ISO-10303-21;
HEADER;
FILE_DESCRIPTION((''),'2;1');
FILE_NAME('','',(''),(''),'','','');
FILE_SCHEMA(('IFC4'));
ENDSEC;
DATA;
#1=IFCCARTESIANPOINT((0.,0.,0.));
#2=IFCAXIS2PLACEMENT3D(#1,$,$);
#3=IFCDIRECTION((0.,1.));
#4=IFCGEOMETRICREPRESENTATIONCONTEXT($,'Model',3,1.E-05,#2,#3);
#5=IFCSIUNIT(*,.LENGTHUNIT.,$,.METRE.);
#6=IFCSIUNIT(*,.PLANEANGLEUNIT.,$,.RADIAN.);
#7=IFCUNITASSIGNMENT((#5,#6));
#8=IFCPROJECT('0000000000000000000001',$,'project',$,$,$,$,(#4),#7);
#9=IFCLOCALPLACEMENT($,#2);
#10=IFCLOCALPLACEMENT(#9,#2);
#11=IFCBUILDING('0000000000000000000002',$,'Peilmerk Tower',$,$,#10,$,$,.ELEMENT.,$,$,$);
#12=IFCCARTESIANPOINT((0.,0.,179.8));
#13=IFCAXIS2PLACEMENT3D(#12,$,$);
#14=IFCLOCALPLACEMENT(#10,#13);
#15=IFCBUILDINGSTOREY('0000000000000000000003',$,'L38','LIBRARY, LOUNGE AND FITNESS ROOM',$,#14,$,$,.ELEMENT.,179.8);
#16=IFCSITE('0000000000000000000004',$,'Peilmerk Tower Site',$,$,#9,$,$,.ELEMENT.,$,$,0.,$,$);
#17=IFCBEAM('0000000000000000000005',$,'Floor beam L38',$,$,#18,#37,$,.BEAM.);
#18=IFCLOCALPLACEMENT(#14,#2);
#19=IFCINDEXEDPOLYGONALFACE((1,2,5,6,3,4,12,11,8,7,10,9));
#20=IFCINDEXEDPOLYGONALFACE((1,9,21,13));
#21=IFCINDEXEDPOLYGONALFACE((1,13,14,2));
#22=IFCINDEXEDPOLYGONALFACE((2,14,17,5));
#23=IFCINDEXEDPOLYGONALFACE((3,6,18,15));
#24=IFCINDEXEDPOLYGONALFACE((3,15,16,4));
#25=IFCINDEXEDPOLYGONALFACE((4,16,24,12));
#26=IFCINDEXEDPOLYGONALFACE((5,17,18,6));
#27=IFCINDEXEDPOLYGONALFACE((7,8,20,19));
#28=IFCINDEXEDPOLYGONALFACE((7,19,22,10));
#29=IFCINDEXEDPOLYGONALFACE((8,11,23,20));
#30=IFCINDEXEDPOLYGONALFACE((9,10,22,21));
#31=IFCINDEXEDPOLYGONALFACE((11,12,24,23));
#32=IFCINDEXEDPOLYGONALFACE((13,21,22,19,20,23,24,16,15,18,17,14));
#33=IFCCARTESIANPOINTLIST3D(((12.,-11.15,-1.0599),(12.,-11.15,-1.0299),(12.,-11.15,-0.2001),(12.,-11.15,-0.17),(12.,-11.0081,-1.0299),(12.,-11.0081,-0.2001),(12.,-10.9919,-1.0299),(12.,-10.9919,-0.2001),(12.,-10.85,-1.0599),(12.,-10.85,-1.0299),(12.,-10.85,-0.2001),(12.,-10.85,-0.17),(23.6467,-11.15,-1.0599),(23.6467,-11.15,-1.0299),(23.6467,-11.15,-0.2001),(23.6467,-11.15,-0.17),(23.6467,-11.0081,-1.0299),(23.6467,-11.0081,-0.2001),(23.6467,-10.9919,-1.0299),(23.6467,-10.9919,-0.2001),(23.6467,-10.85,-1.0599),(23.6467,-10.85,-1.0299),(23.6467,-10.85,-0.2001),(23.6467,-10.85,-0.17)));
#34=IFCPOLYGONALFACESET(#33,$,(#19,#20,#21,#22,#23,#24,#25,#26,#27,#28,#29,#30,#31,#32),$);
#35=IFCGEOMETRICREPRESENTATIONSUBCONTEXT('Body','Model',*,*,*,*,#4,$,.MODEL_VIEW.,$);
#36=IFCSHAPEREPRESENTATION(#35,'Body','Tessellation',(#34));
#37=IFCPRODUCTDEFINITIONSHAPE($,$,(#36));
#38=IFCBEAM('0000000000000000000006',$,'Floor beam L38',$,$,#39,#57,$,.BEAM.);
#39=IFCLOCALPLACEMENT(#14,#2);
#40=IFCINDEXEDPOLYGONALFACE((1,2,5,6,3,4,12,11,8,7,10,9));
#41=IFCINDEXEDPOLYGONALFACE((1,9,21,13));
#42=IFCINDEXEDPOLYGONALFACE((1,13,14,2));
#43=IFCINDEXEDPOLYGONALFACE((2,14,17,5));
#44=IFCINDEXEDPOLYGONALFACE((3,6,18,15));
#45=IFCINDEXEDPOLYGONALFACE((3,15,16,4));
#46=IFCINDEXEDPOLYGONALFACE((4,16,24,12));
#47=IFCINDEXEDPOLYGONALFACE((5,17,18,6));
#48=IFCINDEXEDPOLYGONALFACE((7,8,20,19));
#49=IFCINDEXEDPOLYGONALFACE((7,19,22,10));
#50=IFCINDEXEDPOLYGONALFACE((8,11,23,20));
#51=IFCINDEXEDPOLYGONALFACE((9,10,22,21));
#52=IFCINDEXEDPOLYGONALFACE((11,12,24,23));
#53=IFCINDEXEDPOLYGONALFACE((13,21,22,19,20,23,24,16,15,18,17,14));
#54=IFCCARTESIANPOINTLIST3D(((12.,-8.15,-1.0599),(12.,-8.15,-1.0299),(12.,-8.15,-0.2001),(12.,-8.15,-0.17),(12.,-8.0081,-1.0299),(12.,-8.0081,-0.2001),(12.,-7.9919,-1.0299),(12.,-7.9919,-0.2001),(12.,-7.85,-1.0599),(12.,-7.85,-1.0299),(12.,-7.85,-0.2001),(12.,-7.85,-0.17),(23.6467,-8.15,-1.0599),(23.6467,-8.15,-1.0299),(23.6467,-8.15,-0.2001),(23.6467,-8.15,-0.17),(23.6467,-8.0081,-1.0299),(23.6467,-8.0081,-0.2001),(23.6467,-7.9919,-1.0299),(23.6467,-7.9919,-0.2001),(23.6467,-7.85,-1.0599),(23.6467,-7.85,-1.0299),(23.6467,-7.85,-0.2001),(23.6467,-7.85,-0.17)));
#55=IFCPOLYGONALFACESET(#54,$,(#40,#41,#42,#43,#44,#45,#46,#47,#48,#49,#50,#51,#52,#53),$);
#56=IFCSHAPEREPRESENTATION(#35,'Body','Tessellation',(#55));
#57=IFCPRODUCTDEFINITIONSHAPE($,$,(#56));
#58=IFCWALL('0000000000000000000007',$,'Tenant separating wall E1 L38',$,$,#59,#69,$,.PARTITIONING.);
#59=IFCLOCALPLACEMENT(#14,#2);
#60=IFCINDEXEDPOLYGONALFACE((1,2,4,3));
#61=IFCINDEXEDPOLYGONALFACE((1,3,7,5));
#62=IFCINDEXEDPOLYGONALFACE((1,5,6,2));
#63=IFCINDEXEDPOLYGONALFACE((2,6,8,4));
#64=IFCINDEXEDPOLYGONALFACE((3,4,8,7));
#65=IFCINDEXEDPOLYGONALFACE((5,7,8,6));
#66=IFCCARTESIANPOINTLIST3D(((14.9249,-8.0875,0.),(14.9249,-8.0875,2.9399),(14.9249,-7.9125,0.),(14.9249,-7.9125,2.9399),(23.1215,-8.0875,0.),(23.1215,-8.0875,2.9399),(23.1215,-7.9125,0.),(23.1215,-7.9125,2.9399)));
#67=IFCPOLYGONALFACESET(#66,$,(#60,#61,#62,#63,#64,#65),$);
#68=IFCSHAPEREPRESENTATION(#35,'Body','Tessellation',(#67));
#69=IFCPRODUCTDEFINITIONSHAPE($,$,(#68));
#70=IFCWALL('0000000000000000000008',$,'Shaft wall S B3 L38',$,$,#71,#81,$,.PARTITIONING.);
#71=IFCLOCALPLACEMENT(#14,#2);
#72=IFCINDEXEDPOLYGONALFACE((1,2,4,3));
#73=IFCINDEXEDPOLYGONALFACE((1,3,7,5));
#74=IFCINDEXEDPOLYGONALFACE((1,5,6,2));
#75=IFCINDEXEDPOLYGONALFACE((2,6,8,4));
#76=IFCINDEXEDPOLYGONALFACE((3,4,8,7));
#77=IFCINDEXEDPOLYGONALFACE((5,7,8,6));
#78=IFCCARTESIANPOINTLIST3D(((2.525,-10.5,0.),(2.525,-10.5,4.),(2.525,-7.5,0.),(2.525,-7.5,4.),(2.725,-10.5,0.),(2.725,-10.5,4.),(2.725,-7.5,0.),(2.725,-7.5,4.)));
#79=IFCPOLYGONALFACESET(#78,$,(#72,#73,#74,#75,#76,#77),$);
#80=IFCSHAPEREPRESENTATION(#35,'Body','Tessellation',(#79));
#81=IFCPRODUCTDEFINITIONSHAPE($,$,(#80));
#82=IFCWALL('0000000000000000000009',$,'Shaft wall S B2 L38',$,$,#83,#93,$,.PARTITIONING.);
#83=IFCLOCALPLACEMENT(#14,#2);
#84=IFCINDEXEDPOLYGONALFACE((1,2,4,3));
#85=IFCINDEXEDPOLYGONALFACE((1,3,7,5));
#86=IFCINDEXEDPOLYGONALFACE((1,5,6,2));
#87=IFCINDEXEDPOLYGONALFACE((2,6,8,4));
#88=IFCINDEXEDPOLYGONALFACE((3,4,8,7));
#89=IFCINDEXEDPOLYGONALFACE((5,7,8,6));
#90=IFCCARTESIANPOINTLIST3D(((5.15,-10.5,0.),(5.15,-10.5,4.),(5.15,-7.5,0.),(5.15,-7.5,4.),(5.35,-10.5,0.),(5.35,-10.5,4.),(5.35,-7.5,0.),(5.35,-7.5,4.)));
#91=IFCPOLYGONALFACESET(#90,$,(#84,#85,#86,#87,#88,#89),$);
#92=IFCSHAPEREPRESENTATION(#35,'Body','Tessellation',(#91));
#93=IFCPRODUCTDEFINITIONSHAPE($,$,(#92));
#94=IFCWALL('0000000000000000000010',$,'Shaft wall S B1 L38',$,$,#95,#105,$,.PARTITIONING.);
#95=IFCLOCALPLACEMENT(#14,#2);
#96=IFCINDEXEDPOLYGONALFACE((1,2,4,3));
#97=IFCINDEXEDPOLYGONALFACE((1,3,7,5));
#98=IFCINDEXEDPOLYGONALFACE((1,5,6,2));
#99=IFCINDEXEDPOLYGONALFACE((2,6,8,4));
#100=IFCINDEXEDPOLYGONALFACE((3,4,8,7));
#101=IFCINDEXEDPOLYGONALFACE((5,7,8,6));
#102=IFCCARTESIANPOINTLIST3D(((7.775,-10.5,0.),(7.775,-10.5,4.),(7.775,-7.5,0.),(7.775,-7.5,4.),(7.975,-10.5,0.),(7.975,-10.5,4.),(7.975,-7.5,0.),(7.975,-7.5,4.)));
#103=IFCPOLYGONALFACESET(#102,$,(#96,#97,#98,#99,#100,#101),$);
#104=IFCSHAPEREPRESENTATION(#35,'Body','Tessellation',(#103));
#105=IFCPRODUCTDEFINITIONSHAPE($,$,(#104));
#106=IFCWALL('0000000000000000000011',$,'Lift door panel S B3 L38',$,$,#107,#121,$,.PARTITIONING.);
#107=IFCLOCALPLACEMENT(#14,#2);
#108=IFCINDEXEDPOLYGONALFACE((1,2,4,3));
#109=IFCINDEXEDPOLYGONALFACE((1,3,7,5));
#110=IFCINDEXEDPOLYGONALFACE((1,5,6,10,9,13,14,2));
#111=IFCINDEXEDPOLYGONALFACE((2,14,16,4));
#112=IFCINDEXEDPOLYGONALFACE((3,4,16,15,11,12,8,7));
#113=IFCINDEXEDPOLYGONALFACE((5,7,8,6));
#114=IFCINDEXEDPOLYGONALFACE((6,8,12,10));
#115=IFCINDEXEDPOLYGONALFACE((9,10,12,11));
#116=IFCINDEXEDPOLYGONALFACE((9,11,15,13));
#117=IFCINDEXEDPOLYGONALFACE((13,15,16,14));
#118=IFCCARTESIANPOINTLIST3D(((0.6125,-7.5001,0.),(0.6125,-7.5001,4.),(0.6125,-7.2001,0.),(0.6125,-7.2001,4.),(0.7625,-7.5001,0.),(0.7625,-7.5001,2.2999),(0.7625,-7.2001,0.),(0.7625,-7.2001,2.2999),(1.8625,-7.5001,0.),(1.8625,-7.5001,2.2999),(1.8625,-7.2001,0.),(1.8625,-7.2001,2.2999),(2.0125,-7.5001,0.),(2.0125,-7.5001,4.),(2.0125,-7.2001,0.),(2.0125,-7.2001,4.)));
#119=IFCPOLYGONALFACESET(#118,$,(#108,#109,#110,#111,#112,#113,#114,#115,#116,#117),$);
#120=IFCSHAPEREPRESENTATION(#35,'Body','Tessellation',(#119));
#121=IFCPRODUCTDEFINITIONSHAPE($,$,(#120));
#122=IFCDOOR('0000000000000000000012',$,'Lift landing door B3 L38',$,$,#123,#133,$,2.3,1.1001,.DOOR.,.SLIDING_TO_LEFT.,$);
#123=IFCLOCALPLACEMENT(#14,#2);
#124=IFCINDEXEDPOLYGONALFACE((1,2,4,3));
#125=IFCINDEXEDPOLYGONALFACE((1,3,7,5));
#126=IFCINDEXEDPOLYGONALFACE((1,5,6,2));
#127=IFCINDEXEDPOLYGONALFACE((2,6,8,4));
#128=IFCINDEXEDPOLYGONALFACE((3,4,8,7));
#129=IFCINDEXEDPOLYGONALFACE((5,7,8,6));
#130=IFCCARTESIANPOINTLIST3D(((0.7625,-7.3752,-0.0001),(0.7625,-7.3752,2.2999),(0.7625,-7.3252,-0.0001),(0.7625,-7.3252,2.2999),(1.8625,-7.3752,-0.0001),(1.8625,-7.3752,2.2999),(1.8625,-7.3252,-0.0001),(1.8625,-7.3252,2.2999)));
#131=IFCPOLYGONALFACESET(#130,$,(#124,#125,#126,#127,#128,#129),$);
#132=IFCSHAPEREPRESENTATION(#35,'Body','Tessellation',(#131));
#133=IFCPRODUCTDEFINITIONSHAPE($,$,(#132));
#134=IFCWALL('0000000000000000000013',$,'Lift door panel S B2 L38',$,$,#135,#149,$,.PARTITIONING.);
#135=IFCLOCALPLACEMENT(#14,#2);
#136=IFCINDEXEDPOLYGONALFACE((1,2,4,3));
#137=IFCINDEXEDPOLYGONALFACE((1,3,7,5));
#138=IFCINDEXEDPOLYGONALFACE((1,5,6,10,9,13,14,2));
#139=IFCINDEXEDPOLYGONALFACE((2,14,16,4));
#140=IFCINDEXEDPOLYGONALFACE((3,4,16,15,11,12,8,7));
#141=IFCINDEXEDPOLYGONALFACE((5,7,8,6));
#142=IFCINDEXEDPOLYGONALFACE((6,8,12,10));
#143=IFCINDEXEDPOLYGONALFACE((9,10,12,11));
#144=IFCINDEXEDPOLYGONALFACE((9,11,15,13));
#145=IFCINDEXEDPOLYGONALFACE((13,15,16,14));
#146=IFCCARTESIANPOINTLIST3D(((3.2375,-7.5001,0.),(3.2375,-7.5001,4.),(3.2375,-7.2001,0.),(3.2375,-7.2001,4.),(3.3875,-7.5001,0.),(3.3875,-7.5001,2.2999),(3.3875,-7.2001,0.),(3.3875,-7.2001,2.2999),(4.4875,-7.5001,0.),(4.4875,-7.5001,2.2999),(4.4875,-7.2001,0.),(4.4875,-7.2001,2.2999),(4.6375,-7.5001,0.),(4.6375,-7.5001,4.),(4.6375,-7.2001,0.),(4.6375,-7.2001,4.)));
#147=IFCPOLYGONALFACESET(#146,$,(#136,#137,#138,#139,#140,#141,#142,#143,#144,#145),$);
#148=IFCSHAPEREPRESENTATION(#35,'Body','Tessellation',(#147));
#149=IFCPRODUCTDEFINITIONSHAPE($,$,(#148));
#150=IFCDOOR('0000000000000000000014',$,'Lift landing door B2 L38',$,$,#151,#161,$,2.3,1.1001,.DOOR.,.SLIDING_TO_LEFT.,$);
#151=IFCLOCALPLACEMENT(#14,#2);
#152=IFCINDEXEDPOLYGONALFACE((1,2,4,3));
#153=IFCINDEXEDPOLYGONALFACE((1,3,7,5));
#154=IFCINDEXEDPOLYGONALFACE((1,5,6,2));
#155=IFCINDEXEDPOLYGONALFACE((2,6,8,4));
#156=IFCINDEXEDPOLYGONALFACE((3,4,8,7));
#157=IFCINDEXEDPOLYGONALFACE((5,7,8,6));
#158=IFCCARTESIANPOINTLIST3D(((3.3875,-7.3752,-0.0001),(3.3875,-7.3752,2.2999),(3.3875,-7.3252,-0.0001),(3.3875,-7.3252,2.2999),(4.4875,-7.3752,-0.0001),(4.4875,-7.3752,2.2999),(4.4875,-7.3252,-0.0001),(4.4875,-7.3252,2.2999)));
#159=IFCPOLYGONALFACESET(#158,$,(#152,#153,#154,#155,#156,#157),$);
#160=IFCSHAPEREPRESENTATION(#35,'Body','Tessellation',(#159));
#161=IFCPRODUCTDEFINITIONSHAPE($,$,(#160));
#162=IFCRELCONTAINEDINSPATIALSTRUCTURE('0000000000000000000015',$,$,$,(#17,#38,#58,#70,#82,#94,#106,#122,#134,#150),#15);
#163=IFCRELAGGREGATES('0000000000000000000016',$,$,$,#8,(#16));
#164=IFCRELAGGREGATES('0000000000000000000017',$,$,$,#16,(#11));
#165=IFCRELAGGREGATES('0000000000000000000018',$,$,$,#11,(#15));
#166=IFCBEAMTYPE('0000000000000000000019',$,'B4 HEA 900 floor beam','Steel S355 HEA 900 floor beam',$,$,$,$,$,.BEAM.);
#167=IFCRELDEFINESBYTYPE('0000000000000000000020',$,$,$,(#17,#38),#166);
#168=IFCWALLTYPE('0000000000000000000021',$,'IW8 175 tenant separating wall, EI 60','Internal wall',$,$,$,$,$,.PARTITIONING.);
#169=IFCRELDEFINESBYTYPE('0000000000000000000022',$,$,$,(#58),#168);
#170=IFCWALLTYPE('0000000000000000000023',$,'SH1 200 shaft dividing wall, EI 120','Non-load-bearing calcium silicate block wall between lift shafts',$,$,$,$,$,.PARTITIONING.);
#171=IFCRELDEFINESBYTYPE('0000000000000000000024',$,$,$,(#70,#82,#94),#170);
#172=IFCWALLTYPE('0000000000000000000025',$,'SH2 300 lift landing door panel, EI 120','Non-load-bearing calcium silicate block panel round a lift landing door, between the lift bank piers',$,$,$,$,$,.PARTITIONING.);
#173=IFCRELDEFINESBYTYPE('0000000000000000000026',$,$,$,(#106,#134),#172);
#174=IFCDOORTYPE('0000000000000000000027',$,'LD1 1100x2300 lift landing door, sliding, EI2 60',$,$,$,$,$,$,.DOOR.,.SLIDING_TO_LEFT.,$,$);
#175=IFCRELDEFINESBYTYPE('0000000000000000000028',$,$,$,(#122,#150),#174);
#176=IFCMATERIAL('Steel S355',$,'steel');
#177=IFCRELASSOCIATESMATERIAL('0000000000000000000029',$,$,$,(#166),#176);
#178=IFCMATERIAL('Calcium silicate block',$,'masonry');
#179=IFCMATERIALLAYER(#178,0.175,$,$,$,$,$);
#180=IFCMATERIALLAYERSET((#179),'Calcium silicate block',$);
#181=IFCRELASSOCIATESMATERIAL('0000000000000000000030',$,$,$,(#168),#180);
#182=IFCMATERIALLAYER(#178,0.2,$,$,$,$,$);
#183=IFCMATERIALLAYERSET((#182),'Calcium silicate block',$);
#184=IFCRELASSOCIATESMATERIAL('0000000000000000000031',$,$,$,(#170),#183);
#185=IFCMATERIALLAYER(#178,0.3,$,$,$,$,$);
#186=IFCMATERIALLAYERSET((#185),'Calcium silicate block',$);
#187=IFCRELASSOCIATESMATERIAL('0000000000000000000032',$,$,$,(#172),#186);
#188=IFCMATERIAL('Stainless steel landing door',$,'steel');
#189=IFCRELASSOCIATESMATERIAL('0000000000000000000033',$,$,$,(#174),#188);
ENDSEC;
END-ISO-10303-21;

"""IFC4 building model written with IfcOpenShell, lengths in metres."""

from ifc_helpers import new_model, si_unit, direction, frame, frame_2d, origin, origin_2d, place, context, subcontext, project, spatial, rectangle, i_section, extrude, material, layer, layer_set, material_profile, profile_set, type_object, element, fill, save


model = new_model("IFC4")

# Units and contexts
model_context = context("Model", 3, precision=1e-05, world=origin(), true_north=direction((0.0, 1.0)))
body_context = subcontext(model_context, "Body", "Model", "MODEL_VIEW")
ifc_project = project(units=[si_unit("LENGTHUNIT", "METRE"), si_unit("PLANEANGLEUNIT", "RADIAN")], contexts=[model_context])

# Site, building, storey
site_placement = place(None, origin())
site = spatial("IfcSite", under=ifc_project, at=site_placement, Name="Peilmerk Tower Site", CompositionType="ELEMENT", RefElevation=0.0)
building_placement = place(site_placement, origin())
building = spatial("IfcBuilding", under=site, at=building_placement, Name="Peilmerk Tower", CompositionType="ELEMENT")
storey_placement = place(building_placement, frame((0.0, 0.0, 179.8)))
storey = spatial("IfcBuildingStorey", under=building, at=storey_placement, Name="L38", Description="LIBRARY, LOUNGE AND FITNESS ROOM", CompositionType="ELEMENT", Elevation=179.8)

# Beams
ifc_material_1 = material(Name="Steel S355", Category="steel")
ifc_material_profile = material_profile(ifc_material_1, i_section(OverallWidth=0.3, OverallDepth=0.8899, WebThickness=0.0161, FlangeThickness=0.03, at=origin_2d()), Name="HEA 900")
ifc_profile_set = profile_set([ifc_material_profile], Name="Steel S355")
beam_type = type_object("IfcBeamType", Name="B4 HEA 900 floor beam", Description="Steel S355 HEA 900 floor beam", PredefinedType="BEAM", material=ifc_profile_set)
for number, where, z_axis, x_axis, name in (
    (1, (12.0, -11.0, -0.615), (1.0, 0.0, 0.0), (0.0, 1.0, 0.0), "Floor beam L38"),
    (2, (12.0, -8.0, -0.615), (1.0, 0.0, 0.0), (0.0, 1.0, 0.0), "Floor beam L38"),
):
    element("IfcBeam", number, at=place(storey_placement, frame(where, z_axis=z_axis, x_axis=x_axis)), inside=storey, type_object=beam_type, Name=name, PredefinedType="BEAM", context=body_context, shape_type="SweptSolid", body=[
        extrude(i_section(OverallWidth=0.3, OverallDepth=0.8899, WebThickness=0.0161, FlangeThickness=0.03, at=origin_2d()), origin(), (0.0, 0.0, 1.0), 11.6467),
    ])

# Walls
ifc_material_2 = material(Name="Calcium silicate block", Category="masonry")
ifc_layer_1 = layer(ifc_material_2, 0.175)
ifc_layer_set_1 = layer_set([ifc_layer_1], Name="Calcium silicate block")
wall_type_1 = type_object("IfcWallType", Name="IW8 175 tenant separating wall, EI 60", Description="Internal wall", PredefinedType="PARTITIONING", material=ifc_layer_set_1)
wall_1_placement = place(storey_placement, frame((14.925, -8.0, 0.0), z_axis=(0.0, 0.0, 1.0), x_axis=(1.0, 0.0, 0.0)))
element("IfcWall", 3, at=wall_1_placement, inside=storey, type_object=wall_type_1, Name="Tenant separating wall E1 L38", PredefinedType="PARTITIONING", context=body_context, shape_type="SweptSolid", body=[
    extrude(rectangle(XDim=8.1965, YDim=0.175, at=frame_2d((4.0981, 0.0))), origin(), (0.0, 0.0, 1.0), 2.9399),
])
ifc_layer_2 = layer(ifc_material_2, 0.2)
ifc_layer_set_2 = layer_set([ifc_layer_2], Name="Calcium silicate block")
wall_type_2 = type_object("IfcWallType", Name="SH1 200 shaft dividing wall, EI 120", Description="Non-load-bearing calcium silicate block wall between lift shafts", PredefinedType="PARTITIONING", material=ifc_layer_set_2)
for number, where, z_axis, x_axis, name in (
    (4, (2.625, -10.5, 0.0), (0.0, 0.0, 1.0), (0.0, 1.0, 0.0), "Shaft wall S B3 L38"),
    (5, (5.25, -10.5, 0.0), (0.0, 0.0, 1.0), (0.0, 1.0, 0.0), "Shaft wall S B2 L38"),
    (6, (7.875, -10.5, 0.0), (0.0, 0.0, 1.0), (0.0, 1.0, 0.0), "Shaft wall S B1 L38"),
):
    element("IfcWall", number, at=place(storey_placement, frame(where, z_axis=z_axis, x_axis=x_axis)), inside=storey, type_object=wall_type_2, Name=name, PredefinedType="PARTITIONING", context=body_context, shape_type="SweptSolid", body=[
        extrude(rectangle(XDim=3.0, YDim=0.2, at=frame_2d((1.5, 0.0))), origin(), (0.0, 0.0, 1.0), 4.0),
    ])

# Walls, openings, doors
ifc_layer_3 = layer(ifc_material_2, 0.3)
ifc_layer_set_3 = layer_set([ifc_layer_3], Name="Calcium silicate block")
wall_type_3 = type_object("IfcWallType", Name="SH2 300 lift landing door panel, EI 120", Description="Non-load-bearing calcium silicate block panel round a lift landing door, between the lift bank piers", PredefinedType="PARTITIONING", material=ifc_layer_set_3)
wall_2_placement = place(storey_placement, frame((0.6125, -7.3501, 0.0), z_axis=(0.0, 0.0, 1.0), x_axis=(1.0, 0.0, 0.0)))
wall_2 = element("IfcWall", 7, at=wall_2_placement, inside=storey, type_object=wall_type_3, Name="Lift door panel S B3 L38", PredefinedType="PARTITIONING", context=body_context, shape_type="SweptSolid", body=[
    extrude(rectangle(XDim=1.3999, YDim=0.3, at=frame_2d((0.7, 0.0))), origin(), (0.0, 0.0, 1.0), 4.0),
])
opening_1_placement = place(wall_2_placement, frame((0.1499, 0.0, 0.0)))
opening_1 = element("IfcOpeningElement", 8, at=opening_1_placement, cuts=wall_2, PredefinedType="OPENING", context=body_context, shape_type="SweptSolid", body=[
    extrude(rectangle(XDim=1.1001, YDim=2.3, at=frame_2d((0.55, 1.1499))), frame((0.0, 0.1599, 0.0), z_axis=(0.0, -1.0, 0.0), x_axis=(1.0, 0.0, 0.0)), (0.0, 0.0, 1.0), 0.3201),
])
ifc_material_3 = material(Name="Stainless steel landing door", Category="steel")
door_type = type_object("IfcDoorType", Name="LD1 1100x2300 lift landing door, sliding, EI2 60", OperationType="SLIDING_TO_LEFT", PredefinedType="DOOR", material=ifc_material_3)
door_1_placement = place(opening_1_placement, origin())
door_1 = element("IfcDoor", 9, at=door_1_placement, inside=storey, type_object=door_type, Name="Lift landing door B3 L38", OperationType="SLIDING_TO_LEFT", OverallHeight=2.3, OverallWidth=1.1001, PredefinedType="DOOR", context=body_context, shape_type="SweptSolid", body=[
    extrude(rectangle(XDim=1.1001, YDim=2.3, at=frame_2d((0.55, 1.1499))), frame((0.0, 0.0249, 0.0), z_axis=(0.0, -1.0, 0.0), x_axis=(1.0, 0.0, 0.0)), (0.0, 0.0, 1.0), 0.05),
])
fill(opening_1, door_1)
wall_3_placement = place(storey_placement, frame((3.2375, -7.3501, 0.0), z_axis=(0.0, 0.0, 1.0), x_axis=(1.0, 0.0, 0.0)))
wall_3 = element("IfcWall", 10, at=wall_3_placement, inside=storey, type_object=wall_type_3, Name="Lift door panel S B2 L38", PredefinedType="PARTITIONING", context=body_context, shape_type="SweptSolid", body=[
    extrude(rectangle(XDim=1.3999, YDim=0.3, at=frame_2d((0.7, 0.0))), origin(), (0.0, 0.0, 1.0), 4.0),
])
opening_2_placement = place(wall_3_placement, frame((0.1499, 0.0, 0.0)))
opening_2 = element("IfcOpeningElement", 11, at=opening_2_placement, cuts=wall_3, PredefinedType="OPENING", context=body_context, shape_type="SweptSolid", body=[
    extrude(rectangle(XDim=1.1001, YDim=2.3, at=frame_2d((0.55, 1.1499))), frame((0.0, 0.1599, 0.0), z_axis=(0.0, -1.0, 0.0), x_axis=(1.0, 0.0, 0.0)), (0.0, 0.0, 1.0), 0.3201),
])
door_2_placement = place(opening_2_placement, origin())
door_2 = element("IfcDoor", 12, at=door_2_placement, inside=storey, type_object=door_type, Name="Lift landing door B2 L38", OperationType="SLIDING_TO_LEFT", OverallHeight=2.3, OverallWidth=1.1001, PredefinedType="DOOR", context=body_context, shape_type="SweptSolid", body=[
    extrude(rectangle(XDim=1.1001, YDim=2.3, at=frame_2d((0.55, 1.1499))), frame((0.0, 0.0249, 0.0), z_axis=(0.0, -1.0, 0.0), x_axis=(1.0, 0.0, 0.0)), (0.0, 0.0, 1.0), 0.05),
])
fill(opening_2, door_2)

save(model, "model.ifc")
